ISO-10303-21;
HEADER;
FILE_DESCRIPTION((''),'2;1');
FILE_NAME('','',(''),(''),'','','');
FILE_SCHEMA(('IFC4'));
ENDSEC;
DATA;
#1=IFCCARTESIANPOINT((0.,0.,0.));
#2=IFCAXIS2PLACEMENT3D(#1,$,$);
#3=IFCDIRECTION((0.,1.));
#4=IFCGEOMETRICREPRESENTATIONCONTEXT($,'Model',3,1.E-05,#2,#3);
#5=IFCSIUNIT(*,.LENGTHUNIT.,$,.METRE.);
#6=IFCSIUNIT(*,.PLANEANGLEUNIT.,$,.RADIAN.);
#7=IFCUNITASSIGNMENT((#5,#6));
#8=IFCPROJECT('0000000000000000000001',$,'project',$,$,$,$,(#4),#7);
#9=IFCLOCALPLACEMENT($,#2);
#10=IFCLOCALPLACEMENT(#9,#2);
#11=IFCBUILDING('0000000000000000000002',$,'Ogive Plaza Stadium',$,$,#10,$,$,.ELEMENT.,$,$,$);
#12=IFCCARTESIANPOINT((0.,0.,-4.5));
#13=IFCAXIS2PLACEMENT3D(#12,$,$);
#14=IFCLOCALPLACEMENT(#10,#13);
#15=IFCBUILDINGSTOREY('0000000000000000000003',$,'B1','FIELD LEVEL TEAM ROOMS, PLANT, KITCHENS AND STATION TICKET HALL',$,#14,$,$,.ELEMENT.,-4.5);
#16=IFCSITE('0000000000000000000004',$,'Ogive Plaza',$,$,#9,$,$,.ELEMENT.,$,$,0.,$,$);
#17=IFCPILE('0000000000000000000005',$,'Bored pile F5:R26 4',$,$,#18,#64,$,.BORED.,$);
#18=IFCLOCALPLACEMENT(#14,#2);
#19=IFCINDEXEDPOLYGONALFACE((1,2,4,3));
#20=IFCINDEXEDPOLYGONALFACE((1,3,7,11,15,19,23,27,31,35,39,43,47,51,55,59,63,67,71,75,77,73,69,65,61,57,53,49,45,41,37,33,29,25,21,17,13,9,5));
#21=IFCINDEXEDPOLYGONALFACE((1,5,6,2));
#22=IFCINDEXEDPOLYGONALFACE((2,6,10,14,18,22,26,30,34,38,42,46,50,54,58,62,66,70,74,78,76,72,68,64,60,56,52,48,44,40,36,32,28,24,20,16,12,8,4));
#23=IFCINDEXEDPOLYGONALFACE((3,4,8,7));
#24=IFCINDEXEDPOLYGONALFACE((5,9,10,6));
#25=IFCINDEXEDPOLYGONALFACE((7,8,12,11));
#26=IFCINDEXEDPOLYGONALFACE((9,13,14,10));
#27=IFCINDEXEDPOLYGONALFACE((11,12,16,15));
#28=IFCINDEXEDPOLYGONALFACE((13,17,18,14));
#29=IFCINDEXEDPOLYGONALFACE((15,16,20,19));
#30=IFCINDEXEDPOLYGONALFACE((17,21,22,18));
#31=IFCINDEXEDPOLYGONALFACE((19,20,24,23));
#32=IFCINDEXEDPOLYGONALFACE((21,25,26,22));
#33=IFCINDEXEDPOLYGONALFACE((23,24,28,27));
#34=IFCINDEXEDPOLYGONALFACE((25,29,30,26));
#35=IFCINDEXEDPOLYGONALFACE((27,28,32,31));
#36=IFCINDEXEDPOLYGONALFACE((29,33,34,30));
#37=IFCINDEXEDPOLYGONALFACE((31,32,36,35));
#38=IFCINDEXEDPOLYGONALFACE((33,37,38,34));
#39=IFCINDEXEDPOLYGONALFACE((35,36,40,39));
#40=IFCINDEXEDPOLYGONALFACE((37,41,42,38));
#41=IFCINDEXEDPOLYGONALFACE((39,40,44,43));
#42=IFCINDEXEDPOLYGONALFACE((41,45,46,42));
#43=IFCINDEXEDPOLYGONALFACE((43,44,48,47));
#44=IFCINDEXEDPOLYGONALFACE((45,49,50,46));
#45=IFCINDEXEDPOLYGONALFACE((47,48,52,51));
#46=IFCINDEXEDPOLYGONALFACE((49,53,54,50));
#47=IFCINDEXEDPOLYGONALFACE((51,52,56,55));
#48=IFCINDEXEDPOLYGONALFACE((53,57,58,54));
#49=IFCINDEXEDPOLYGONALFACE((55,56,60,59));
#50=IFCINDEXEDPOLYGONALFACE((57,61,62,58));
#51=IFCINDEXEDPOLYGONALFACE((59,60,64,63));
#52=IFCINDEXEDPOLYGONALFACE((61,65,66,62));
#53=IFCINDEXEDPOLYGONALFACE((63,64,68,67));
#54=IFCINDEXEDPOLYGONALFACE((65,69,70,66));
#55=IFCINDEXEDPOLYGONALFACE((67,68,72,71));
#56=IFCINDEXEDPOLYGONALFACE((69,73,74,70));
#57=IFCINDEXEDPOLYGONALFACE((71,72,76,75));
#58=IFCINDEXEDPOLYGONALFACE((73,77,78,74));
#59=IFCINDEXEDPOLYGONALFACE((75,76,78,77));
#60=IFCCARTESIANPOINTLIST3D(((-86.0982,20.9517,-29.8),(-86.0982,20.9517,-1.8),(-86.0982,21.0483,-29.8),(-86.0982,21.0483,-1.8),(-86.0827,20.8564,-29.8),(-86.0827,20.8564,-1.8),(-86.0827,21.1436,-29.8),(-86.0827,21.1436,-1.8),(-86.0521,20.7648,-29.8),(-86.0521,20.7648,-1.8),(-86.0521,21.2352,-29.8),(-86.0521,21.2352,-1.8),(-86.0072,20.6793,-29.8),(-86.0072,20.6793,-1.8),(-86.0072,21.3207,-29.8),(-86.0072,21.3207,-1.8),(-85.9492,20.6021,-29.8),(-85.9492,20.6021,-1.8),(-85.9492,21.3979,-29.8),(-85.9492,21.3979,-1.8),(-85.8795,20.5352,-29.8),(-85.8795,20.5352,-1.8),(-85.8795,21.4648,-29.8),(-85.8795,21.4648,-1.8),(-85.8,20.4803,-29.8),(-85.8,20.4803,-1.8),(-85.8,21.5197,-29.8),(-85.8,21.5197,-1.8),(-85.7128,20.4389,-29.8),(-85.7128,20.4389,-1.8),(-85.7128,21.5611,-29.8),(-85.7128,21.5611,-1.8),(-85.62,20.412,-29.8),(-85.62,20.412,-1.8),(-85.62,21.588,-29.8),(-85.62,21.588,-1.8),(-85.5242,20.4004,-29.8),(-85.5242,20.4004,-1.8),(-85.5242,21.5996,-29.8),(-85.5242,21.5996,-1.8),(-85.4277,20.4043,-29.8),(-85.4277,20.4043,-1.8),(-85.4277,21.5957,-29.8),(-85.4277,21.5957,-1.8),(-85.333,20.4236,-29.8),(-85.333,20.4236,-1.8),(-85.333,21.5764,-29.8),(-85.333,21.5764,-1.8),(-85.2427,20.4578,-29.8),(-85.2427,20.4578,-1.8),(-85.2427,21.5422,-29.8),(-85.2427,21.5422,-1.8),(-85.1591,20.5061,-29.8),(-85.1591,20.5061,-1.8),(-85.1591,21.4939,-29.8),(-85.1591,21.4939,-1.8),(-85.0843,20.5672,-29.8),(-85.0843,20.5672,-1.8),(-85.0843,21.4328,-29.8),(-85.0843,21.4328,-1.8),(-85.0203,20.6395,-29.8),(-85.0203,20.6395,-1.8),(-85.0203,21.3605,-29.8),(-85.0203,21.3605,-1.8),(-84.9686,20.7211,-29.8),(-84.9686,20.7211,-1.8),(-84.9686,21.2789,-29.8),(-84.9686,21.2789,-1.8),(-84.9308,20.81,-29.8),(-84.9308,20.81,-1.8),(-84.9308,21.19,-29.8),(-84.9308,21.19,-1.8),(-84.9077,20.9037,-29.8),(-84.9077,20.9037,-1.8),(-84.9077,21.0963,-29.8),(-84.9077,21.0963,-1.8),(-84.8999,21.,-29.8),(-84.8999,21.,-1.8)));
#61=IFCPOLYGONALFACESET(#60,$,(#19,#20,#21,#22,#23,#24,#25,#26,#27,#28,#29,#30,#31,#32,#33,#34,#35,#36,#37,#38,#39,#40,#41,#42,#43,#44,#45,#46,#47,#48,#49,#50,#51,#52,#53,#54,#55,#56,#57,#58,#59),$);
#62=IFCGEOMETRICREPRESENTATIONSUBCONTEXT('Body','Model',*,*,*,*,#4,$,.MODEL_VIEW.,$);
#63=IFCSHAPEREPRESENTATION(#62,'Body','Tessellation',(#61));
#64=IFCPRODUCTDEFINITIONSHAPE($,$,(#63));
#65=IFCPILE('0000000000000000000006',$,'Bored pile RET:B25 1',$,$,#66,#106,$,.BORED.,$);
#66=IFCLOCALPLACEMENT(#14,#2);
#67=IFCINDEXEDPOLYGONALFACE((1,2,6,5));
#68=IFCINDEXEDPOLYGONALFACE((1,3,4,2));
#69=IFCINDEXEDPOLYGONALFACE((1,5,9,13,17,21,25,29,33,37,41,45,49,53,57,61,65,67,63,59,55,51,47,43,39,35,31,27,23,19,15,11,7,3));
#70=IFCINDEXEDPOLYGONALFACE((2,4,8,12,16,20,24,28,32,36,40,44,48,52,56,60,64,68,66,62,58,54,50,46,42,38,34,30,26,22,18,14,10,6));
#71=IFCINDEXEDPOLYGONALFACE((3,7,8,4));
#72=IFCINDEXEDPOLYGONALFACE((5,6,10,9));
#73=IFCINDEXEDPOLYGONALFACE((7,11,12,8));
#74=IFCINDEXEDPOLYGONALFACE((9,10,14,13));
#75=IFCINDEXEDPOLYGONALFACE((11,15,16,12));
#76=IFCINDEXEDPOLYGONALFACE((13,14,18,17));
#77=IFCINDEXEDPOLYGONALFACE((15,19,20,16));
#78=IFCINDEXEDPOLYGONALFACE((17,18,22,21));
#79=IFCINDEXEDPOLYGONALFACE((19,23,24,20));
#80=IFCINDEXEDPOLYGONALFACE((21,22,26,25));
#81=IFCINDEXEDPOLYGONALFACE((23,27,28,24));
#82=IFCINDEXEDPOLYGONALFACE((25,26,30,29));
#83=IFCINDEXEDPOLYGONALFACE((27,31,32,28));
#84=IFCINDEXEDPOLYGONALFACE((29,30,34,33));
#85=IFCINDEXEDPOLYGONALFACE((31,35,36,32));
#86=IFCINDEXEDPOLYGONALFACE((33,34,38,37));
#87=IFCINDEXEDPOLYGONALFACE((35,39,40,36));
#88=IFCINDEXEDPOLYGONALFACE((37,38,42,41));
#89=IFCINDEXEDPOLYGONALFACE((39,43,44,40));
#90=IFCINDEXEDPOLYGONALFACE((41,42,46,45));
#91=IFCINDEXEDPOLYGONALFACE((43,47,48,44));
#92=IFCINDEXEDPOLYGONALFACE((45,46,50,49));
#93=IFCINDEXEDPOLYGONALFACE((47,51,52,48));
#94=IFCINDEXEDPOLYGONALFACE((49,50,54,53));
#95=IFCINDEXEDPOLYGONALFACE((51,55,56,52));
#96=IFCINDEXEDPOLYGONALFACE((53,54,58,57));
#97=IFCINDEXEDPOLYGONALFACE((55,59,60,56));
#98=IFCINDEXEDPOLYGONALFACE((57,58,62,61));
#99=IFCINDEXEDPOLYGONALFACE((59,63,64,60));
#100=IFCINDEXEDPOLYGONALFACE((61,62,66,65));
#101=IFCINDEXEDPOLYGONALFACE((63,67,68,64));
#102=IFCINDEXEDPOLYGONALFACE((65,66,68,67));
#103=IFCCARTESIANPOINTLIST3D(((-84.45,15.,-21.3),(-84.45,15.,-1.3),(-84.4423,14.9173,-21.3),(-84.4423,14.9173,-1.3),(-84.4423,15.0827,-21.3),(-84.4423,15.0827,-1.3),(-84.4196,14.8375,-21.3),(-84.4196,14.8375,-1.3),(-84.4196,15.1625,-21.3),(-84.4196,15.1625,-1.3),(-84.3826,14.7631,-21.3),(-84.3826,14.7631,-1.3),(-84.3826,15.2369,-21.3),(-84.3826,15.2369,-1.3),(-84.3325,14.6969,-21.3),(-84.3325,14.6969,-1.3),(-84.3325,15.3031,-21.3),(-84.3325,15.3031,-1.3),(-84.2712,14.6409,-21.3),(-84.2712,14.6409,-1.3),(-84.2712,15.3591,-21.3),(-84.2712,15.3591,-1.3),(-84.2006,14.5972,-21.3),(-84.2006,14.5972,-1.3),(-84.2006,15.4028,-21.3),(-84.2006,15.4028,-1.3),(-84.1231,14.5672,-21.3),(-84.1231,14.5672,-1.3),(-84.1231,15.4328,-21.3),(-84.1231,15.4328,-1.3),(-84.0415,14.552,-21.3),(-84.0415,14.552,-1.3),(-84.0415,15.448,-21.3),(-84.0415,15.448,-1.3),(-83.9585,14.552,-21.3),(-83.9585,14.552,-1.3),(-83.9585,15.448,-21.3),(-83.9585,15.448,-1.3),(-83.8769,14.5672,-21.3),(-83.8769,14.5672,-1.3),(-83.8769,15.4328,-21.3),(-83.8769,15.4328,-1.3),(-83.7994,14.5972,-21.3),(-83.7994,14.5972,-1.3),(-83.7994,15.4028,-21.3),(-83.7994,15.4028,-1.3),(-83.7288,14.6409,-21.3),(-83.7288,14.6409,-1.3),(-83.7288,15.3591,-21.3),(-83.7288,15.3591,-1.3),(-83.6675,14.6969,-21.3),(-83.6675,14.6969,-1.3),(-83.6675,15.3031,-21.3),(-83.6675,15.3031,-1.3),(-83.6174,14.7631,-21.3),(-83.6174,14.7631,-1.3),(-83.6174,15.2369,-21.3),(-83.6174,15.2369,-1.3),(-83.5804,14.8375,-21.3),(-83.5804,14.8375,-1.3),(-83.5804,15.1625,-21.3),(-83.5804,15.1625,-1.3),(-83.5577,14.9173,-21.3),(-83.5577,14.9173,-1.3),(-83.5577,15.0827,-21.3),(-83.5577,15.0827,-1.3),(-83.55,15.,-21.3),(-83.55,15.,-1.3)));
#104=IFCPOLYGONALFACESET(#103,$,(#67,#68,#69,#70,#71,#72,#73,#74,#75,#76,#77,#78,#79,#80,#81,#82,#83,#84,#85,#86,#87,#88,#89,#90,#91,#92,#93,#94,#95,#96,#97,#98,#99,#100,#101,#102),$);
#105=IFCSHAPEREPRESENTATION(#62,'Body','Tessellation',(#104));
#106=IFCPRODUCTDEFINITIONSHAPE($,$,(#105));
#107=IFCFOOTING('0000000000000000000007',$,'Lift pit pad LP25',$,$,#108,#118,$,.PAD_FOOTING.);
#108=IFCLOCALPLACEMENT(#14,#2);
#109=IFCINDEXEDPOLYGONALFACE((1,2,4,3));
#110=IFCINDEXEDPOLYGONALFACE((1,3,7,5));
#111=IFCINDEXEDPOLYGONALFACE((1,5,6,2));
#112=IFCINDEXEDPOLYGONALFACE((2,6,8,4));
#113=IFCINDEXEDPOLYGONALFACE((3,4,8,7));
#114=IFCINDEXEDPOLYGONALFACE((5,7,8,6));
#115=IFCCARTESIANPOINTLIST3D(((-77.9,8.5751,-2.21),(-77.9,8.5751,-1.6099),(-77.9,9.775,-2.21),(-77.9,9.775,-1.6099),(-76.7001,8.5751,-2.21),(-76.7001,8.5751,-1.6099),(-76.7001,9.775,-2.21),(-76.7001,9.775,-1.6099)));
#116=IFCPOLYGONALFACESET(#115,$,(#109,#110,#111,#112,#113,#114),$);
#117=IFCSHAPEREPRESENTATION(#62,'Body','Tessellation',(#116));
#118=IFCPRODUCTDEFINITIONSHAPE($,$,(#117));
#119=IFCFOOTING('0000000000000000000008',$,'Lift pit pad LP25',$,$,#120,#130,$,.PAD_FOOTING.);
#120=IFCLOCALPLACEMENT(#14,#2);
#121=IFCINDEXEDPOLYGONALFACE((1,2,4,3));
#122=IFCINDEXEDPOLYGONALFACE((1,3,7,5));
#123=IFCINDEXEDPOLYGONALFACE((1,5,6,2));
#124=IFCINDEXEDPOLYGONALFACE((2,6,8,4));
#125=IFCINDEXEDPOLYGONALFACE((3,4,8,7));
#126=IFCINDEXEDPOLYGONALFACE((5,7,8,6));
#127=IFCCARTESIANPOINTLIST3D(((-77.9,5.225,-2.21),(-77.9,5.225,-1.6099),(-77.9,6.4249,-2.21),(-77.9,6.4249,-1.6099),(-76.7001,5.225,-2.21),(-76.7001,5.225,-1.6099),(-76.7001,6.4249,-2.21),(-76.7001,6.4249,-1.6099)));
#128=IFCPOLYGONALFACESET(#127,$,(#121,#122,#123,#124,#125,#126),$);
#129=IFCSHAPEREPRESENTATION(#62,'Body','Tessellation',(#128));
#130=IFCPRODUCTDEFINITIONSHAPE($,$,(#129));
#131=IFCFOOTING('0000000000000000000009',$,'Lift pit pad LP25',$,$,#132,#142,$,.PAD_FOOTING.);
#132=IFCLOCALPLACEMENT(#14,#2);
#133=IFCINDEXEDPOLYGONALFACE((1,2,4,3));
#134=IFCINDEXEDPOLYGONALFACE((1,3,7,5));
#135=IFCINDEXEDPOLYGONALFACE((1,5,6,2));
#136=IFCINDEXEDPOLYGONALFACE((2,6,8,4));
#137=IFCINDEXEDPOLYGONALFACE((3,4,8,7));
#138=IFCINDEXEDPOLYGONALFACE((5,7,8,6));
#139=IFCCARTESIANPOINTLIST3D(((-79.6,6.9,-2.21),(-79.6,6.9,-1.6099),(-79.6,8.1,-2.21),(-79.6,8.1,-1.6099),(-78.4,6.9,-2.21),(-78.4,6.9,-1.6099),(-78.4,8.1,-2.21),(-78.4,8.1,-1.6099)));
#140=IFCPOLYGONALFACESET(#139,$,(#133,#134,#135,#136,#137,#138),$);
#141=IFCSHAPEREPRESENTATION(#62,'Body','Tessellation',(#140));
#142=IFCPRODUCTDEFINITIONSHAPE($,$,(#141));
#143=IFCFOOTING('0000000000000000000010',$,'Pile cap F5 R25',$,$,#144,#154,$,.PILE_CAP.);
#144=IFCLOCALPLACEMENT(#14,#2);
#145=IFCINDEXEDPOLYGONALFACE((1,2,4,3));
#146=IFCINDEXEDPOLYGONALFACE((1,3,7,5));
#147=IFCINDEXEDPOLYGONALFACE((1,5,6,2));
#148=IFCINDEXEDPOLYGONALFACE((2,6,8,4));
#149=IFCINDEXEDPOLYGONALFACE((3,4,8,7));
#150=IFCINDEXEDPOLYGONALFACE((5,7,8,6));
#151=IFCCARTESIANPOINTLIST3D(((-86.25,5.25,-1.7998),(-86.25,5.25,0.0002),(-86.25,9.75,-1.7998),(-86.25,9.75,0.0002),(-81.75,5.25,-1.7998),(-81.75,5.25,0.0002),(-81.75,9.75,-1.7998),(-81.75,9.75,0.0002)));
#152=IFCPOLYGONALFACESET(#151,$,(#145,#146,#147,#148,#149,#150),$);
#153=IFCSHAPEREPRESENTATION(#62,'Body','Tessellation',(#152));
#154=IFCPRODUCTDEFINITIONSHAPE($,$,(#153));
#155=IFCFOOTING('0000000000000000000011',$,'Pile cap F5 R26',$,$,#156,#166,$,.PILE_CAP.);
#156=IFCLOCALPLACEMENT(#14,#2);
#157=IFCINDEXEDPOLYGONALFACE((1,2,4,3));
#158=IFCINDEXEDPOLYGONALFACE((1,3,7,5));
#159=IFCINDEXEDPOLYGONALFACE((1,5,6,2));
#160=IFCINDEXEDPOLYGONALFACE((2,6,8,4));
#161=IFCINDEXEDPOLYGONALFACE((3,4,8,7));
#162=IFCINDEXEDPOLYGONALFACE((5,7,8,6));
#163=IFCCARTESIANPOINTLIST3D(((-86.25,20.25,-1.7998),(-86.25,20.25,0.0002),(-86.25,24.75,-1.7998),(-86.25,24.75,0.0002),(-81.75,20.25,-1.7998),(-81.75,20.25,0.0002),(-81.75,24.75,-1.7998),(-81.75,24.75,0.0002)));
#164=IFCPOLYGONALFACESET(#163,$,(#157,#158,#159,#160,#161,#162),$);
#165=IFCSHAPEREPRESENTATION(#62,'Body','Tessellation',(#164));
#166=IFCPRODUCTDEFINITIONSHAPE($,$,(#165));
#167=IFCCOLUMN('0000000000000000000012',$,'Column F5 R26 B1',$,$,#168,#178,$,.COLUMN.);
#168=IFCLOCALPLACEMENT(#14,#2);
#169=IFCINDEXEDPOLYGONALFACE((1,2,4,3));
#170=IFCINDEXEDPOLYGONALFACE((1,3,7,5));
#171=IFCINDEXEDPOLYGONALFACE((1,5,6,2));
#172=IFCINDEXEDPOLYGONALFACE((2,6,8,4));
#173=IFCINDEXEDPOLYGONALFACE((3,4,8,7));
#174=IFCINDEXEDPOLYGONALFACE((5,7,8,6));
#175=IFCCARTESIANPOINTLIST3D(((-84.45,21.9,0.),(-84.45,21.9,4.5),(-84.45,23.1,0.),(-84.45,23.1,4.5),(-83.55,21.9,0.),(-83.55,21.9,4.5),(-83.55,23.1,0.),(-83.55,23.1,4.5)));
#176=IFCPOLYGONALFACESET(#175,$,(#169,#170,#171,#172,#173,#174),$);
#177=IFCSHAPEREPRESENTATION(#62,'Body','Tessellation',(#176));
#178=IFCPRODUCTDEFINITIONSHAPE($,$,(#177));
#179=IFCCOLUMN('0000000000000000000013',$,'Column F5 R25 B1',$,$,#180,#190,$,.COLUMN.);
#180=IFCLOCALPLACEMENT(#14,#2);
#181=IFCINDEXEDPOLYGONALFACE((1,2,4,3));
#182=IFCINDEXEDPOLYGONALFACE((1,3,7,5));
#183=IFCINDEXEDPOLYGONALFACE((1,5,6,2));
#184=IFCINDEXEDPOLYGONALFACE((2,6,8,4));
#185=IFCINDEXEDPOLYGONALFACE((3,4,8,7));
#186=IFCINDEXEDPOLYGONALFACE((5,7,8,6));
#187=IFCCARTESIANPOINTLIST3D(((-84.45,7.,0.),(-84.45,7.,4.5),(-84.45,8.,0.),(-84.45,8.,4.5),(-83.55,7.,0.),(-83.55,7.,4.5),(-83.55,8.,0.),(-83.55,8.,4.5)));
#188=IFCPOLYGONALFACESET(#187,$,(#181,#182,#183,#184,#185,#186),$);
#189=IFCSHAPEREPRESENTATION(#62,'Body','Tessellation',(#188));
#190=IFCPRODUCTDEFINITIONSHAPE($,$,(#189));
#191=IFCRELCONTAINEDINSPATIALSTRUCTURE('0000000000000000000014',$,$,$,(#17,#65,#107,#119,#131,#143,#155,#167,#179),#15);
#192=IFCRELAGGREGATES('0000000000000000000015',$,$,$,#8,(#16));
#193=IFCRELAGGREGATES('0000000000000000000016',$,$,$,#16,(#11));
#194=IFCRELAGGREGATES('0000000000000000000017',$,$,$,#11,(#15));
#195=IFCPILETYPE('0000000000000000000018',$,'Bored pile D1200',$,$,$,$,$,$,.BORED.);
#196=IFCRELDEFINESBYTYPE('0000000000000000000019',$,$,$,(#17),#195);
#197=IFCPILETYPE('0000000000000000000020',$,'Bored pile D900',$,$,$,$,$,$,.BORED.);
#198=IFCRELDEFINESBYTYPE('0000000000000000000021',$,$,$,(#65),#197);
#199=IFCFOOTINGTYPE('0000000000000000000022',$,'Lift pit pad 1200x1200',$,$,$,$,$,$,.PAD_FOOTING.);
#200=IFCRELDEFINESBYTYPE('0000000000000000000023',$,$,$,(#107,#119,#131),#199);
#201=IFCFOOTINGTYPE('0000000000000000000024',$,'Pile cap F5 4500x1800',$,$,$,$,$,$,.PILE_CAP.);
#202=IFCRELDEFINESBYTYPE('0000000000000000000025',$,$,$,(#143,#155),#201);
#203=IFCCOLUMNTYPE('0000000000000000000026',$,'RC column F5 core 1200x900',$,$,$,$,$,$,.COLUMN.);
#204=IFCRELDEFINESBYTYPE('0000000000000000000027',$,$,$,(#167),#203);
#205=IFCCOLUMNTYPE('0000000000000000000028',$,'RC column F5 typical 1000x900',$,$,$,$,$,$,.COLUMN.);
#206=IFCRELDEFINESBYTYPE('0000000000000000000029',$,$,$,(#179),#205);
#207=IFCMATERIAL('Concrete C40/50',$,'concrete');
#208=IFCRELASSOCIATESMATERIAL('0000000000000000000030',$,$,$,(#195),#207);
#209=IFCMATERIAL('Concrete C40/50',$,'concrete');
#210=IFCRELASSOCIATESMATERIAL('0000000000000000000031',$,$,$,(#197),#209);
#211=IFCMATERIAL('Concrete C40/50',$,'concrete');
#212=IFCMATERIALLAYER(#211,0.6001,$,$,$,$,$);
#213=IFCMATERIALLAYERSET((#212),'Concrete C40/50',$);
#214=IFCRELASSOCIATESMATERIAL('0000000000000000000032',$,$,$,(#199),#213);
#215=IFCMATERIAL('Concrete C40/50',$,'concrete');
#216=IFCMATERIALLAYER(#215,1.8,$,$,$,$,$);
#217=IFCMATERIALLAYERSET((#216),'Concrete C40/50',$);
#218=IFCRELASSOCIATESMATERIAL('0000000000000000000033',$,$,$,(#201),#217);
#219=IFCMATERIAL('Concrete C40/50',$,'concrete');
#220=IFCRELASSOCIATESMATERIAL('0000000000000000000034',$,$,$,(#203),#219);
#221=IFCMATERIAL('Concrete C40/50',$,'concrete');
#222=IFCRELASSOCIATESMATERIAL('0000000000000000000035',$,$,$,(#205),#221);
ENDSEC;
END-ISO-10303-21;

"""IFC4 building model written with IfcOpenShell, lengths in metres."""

from ifc_helpers import new_model, si_unit, direction, frame, origin, origin_2d, place, context, subcontext, project, spatial, rectangle, circle, extrude, material, layer, layer_set, material_profile, profile_set, type_object, element, save


model = new_model("IFC4")

# Units and contexts
model_context = context("Model", 3, precision=1e-05, world=origin(), true_north=direction((0.0, 1.0)))
body_context = subcontext(model_context, "Body", "Model", "MODEL_VIEW")
ifc_project = project(units=[si_unit("LENGTHUNIT", "METRE"), si_unit("PLANEANGLEUNIT", "RADIAN")], contexts=[model_context])

# Site, building, storey
site_placement = place(None, origin())
site = spatial("IfcSite", under=ifc_project, at=site_placement, Name="Ogive Plaza", CompositionType="ELEMENT", RefElevation=0.0)
building_placement = place(site_placement, origin())
building = spatial("IfcBuilding", under=site, at=building_placement, Name="Ogive Plaza Stadium", CompositionType="ELEMENT")
storey_placement = place(building_placement, frame((0.0, 0.0, -4.5)))
storey = spatial("IfcBuildingStorey", under=building, at=storey_placement, Name="B1", Description="FIELD LEVEL TEAM ROOMS, PLANT, KITCHENS AND STATION TICKET HALL", CompositionType="ELEMENT", Elevation=-4.5)

# Piles
ifc_material_1 = material(Name="Concrete C40/50", Category="concrete")
ifc_material_profile_1 = material_profile(ifc_material_1, circle(Radius=0.6001, at=origin_2d()), Name="RC D1200")
ifc_profile_set_1 = profile_set([ifc_material_profile_1], Name="Concrete C40/50")
pile_type_1 = type_object("IfcPileType", Name="Bored pile D1200", PredefinedType="BORED", material=ifc_profile_set_1)
for number, where, z_axis, x_axis, name in (
    (1, (-85.5, 21.0, -1.8), (0.0, 0.0, -1.0), (1.0, 0.0, 0.0), "Bored pile F5:R26 4"),
):
    element("IfcPile", number, at=place(storey_placement, frame(where, z_axis=z_axis, x_axis=x_axis)), inside=storey, type_object=pile_type_1, Name=name, PredefinedType="BORED", context=body_context, shape_type="SweptSolid", body=[
        extrude(circle(Radius=0.6001, at=origin_2d()), origin(), (0.0, 0.0, 1.0), 28.0),
    ])
ifc_material_2 = material(Name="Concrete C40/50", Category="concrete")
ifc_material_profile_2 = material_profile(ifc_material_2, circle(Radius=0.45, at=origin_2d()), Name="RC D900")
ifc_profile_set_2 = profile_set([ifc_material_profile_2], Name="Concrete C40/50")
pile_type_2 = type_object("IfcPileType", Name="Bored pile D900", PredefinedType="BORED", material=ifc_profile_set_2)
pile_1_placement = place(storey_placement, frame((-84.0, 15.0, -1.3), z_axis=(0.0, 0.0, -1.0), x_axis=(1.0, 0.0, 0.0)))
element("IfcPile", 2, at=pile_1_placement, inside=storey, type_object=pile_type_2, Name="Bored pile RET:B25 1", PredefinedType="BORED", context=body_context, shape_type="SweptSolid", body=[
    extrude(circle(Radius=0.45, at=origin_2d()), origin(), (0.0, 0.0, 1.0), 20.0),
])

# Footings
ifc_material_3 = material(Name="Concrete C40/50", Category="concrete")
ifc_layer_1 = layer(ifc_material_3, 0.6001)
ifc_layer_set_1 = layer_set([ifc_layer_1], Name="Concrete C40/50")
footing_type_1 = type_object("IfcFootingType", Name="Lift pit pad 1200x1200", PredefinedType="PAD_FOOTING", material=ifc_layer_set_1)
for number, where, z_axis, x_axis, name in (
    (3, (-77.3, 9.175, -2.21), (0.0, 0.0, 1.0), (-1.0, 0.0, 0.0), "Lift pit pad LP25"),
    (4, (-77.3, 5.825, -2.21), (0.0, 0.0, 1.0), (-1.0, 0.0, 0.0), "Lift pit pad LP25"),
    (5, (-79.0, 7.5, -2.21), (0.0, 0.0, 1.0), (-1.0, 0.0, 0.0), "Lift pit pad LP25"),
):
    element("IfcFooting", number, at=place(storey_placement, frame(where, z_axis=z_axis, x_axis=x_axis)), inside=storey, type_object=footing_type_1, Name=name, PredefinedType="PAD_FOOTING", context=body_context, shape_type="SweptSolid", body=[
        extrude(rectangle(XDim=1.2, YDim=1.2, at=origin_2d()), origin(), (0.0, 0.0, 1.0), 0.6001),
    ])
ifc_material_4 = material(Name="Concrete C40/50", Category="concrete")
ifc_layer_2 = layer(ifc_material_4, 1.8)
ifc_layer_set_2 = layer_set([ifc_layer_2], Name="Concrete C40/50")
footing_type_2 = type_object("IfcFootingType", Name="Pile cap F5 4500x1800", PredefinedType="PILE_CAP", material=ifc_layer_set_2)
for number, where, z_axis, x_axis, name in (
    (6, (-84.0, 7.5, -1.7998), (0.0, 0.0, 1.0), (-1.0, 0.0, 0.0), "Pile cap F5 R25"),
    (7, (-84.0, 22.5, -1.7998), (0.0, 0.0, 1.0), (-1.0, 0.0, 0.0), "Pile cap F5 R26"),
):
    element("IfcFooting", number, at=place(storey_placement, frame(where, z_axis=z_axis, x_axis=x_axis)), inside=storey, type_object=footing_type_2, Name=name, PredefinedType="PILE_CAP", context=body_context, shape_type="SweptSolid", body=[
        extrude(rectangle(XDim=4.5, YDim=4.5, at=origin_2d()), origin(), (0.0, 0.0, 1.0), 1.8),
    ])

# Columns
ifc_material_5 = material(Name="Concrete C40/50", Category="concrete")
ifc_material_profile_3 = material_profile(ifc_material_5, rectangle(XDim=1.2, YDim=0.8999, at=origin_2d()), Name="RC 1200x900")
ifc_profile_set_3 = profile_set([ifc_material_profile_3], Name="Concrete C40/50")
column_type_1 = type_object("IfcColumnType", Name="RC column F5 core 1200x900", PredefinedType="COLUMN", material=ifc_profile_set_3)
column_1_placement = place(storey_placement, frame((-84.0, 22.5, 0.0), z_axis=(0.0, 0.0, 1.0), x_axis=(0.0, -1.0, 0.0)))
element("IfcColumn", 8, at=column_1_placement, inside=storey, type_object=column_type_1, Name="Column F5 R26 B1", PredefinedType="COLUMN", context=body_context, shape_type="SweptSolid", body=[
    extrude(rectangle(XDim=1.2, YDim=0.8999, at=origin_2d()), origin(), (0.0, 0.0, 1.0), 4.5),
])
ifc_material_6 = material(Name="Concrete C40/50", Category="concrete")
ifc_material_profile_4 = material_profile(ifc_material_6, rectangle(XDim=1.0, YDim=0.8999, at=origin_2d()), Name="RC 1000x900")
ifc_profile_set_4 = profile_set([ifc_material_profile_4], Name="Concrete C40/50")
column_type_2 = type_object("IfcColumnType", Name="RC column F5 typical 1000x900", PredefinedType="COLUMN", material=ifc_profile_set_4)
column_2_placement = place(storey_placement, frame((-84.0, 7.5, 0.0), z_axis=(0.0, 0.0, 1.0), x_axis=(0.0, -1.0, 0.0)))
element("IfcColumn", 9, at=column_2_placement, inside=storey, type_object=column_type_2, Name="Column F5 R25 B1", PredefinedType="COLUMN", context=body_context, shape_type="SweptSolid", body=[
    extrude(rectangle(XDim=1.0, YDim=0.8999, at=origin_2d()), origin(), (0.0, 0.0, 1.0), 4.5),
])

save(model, "model.ifc")
